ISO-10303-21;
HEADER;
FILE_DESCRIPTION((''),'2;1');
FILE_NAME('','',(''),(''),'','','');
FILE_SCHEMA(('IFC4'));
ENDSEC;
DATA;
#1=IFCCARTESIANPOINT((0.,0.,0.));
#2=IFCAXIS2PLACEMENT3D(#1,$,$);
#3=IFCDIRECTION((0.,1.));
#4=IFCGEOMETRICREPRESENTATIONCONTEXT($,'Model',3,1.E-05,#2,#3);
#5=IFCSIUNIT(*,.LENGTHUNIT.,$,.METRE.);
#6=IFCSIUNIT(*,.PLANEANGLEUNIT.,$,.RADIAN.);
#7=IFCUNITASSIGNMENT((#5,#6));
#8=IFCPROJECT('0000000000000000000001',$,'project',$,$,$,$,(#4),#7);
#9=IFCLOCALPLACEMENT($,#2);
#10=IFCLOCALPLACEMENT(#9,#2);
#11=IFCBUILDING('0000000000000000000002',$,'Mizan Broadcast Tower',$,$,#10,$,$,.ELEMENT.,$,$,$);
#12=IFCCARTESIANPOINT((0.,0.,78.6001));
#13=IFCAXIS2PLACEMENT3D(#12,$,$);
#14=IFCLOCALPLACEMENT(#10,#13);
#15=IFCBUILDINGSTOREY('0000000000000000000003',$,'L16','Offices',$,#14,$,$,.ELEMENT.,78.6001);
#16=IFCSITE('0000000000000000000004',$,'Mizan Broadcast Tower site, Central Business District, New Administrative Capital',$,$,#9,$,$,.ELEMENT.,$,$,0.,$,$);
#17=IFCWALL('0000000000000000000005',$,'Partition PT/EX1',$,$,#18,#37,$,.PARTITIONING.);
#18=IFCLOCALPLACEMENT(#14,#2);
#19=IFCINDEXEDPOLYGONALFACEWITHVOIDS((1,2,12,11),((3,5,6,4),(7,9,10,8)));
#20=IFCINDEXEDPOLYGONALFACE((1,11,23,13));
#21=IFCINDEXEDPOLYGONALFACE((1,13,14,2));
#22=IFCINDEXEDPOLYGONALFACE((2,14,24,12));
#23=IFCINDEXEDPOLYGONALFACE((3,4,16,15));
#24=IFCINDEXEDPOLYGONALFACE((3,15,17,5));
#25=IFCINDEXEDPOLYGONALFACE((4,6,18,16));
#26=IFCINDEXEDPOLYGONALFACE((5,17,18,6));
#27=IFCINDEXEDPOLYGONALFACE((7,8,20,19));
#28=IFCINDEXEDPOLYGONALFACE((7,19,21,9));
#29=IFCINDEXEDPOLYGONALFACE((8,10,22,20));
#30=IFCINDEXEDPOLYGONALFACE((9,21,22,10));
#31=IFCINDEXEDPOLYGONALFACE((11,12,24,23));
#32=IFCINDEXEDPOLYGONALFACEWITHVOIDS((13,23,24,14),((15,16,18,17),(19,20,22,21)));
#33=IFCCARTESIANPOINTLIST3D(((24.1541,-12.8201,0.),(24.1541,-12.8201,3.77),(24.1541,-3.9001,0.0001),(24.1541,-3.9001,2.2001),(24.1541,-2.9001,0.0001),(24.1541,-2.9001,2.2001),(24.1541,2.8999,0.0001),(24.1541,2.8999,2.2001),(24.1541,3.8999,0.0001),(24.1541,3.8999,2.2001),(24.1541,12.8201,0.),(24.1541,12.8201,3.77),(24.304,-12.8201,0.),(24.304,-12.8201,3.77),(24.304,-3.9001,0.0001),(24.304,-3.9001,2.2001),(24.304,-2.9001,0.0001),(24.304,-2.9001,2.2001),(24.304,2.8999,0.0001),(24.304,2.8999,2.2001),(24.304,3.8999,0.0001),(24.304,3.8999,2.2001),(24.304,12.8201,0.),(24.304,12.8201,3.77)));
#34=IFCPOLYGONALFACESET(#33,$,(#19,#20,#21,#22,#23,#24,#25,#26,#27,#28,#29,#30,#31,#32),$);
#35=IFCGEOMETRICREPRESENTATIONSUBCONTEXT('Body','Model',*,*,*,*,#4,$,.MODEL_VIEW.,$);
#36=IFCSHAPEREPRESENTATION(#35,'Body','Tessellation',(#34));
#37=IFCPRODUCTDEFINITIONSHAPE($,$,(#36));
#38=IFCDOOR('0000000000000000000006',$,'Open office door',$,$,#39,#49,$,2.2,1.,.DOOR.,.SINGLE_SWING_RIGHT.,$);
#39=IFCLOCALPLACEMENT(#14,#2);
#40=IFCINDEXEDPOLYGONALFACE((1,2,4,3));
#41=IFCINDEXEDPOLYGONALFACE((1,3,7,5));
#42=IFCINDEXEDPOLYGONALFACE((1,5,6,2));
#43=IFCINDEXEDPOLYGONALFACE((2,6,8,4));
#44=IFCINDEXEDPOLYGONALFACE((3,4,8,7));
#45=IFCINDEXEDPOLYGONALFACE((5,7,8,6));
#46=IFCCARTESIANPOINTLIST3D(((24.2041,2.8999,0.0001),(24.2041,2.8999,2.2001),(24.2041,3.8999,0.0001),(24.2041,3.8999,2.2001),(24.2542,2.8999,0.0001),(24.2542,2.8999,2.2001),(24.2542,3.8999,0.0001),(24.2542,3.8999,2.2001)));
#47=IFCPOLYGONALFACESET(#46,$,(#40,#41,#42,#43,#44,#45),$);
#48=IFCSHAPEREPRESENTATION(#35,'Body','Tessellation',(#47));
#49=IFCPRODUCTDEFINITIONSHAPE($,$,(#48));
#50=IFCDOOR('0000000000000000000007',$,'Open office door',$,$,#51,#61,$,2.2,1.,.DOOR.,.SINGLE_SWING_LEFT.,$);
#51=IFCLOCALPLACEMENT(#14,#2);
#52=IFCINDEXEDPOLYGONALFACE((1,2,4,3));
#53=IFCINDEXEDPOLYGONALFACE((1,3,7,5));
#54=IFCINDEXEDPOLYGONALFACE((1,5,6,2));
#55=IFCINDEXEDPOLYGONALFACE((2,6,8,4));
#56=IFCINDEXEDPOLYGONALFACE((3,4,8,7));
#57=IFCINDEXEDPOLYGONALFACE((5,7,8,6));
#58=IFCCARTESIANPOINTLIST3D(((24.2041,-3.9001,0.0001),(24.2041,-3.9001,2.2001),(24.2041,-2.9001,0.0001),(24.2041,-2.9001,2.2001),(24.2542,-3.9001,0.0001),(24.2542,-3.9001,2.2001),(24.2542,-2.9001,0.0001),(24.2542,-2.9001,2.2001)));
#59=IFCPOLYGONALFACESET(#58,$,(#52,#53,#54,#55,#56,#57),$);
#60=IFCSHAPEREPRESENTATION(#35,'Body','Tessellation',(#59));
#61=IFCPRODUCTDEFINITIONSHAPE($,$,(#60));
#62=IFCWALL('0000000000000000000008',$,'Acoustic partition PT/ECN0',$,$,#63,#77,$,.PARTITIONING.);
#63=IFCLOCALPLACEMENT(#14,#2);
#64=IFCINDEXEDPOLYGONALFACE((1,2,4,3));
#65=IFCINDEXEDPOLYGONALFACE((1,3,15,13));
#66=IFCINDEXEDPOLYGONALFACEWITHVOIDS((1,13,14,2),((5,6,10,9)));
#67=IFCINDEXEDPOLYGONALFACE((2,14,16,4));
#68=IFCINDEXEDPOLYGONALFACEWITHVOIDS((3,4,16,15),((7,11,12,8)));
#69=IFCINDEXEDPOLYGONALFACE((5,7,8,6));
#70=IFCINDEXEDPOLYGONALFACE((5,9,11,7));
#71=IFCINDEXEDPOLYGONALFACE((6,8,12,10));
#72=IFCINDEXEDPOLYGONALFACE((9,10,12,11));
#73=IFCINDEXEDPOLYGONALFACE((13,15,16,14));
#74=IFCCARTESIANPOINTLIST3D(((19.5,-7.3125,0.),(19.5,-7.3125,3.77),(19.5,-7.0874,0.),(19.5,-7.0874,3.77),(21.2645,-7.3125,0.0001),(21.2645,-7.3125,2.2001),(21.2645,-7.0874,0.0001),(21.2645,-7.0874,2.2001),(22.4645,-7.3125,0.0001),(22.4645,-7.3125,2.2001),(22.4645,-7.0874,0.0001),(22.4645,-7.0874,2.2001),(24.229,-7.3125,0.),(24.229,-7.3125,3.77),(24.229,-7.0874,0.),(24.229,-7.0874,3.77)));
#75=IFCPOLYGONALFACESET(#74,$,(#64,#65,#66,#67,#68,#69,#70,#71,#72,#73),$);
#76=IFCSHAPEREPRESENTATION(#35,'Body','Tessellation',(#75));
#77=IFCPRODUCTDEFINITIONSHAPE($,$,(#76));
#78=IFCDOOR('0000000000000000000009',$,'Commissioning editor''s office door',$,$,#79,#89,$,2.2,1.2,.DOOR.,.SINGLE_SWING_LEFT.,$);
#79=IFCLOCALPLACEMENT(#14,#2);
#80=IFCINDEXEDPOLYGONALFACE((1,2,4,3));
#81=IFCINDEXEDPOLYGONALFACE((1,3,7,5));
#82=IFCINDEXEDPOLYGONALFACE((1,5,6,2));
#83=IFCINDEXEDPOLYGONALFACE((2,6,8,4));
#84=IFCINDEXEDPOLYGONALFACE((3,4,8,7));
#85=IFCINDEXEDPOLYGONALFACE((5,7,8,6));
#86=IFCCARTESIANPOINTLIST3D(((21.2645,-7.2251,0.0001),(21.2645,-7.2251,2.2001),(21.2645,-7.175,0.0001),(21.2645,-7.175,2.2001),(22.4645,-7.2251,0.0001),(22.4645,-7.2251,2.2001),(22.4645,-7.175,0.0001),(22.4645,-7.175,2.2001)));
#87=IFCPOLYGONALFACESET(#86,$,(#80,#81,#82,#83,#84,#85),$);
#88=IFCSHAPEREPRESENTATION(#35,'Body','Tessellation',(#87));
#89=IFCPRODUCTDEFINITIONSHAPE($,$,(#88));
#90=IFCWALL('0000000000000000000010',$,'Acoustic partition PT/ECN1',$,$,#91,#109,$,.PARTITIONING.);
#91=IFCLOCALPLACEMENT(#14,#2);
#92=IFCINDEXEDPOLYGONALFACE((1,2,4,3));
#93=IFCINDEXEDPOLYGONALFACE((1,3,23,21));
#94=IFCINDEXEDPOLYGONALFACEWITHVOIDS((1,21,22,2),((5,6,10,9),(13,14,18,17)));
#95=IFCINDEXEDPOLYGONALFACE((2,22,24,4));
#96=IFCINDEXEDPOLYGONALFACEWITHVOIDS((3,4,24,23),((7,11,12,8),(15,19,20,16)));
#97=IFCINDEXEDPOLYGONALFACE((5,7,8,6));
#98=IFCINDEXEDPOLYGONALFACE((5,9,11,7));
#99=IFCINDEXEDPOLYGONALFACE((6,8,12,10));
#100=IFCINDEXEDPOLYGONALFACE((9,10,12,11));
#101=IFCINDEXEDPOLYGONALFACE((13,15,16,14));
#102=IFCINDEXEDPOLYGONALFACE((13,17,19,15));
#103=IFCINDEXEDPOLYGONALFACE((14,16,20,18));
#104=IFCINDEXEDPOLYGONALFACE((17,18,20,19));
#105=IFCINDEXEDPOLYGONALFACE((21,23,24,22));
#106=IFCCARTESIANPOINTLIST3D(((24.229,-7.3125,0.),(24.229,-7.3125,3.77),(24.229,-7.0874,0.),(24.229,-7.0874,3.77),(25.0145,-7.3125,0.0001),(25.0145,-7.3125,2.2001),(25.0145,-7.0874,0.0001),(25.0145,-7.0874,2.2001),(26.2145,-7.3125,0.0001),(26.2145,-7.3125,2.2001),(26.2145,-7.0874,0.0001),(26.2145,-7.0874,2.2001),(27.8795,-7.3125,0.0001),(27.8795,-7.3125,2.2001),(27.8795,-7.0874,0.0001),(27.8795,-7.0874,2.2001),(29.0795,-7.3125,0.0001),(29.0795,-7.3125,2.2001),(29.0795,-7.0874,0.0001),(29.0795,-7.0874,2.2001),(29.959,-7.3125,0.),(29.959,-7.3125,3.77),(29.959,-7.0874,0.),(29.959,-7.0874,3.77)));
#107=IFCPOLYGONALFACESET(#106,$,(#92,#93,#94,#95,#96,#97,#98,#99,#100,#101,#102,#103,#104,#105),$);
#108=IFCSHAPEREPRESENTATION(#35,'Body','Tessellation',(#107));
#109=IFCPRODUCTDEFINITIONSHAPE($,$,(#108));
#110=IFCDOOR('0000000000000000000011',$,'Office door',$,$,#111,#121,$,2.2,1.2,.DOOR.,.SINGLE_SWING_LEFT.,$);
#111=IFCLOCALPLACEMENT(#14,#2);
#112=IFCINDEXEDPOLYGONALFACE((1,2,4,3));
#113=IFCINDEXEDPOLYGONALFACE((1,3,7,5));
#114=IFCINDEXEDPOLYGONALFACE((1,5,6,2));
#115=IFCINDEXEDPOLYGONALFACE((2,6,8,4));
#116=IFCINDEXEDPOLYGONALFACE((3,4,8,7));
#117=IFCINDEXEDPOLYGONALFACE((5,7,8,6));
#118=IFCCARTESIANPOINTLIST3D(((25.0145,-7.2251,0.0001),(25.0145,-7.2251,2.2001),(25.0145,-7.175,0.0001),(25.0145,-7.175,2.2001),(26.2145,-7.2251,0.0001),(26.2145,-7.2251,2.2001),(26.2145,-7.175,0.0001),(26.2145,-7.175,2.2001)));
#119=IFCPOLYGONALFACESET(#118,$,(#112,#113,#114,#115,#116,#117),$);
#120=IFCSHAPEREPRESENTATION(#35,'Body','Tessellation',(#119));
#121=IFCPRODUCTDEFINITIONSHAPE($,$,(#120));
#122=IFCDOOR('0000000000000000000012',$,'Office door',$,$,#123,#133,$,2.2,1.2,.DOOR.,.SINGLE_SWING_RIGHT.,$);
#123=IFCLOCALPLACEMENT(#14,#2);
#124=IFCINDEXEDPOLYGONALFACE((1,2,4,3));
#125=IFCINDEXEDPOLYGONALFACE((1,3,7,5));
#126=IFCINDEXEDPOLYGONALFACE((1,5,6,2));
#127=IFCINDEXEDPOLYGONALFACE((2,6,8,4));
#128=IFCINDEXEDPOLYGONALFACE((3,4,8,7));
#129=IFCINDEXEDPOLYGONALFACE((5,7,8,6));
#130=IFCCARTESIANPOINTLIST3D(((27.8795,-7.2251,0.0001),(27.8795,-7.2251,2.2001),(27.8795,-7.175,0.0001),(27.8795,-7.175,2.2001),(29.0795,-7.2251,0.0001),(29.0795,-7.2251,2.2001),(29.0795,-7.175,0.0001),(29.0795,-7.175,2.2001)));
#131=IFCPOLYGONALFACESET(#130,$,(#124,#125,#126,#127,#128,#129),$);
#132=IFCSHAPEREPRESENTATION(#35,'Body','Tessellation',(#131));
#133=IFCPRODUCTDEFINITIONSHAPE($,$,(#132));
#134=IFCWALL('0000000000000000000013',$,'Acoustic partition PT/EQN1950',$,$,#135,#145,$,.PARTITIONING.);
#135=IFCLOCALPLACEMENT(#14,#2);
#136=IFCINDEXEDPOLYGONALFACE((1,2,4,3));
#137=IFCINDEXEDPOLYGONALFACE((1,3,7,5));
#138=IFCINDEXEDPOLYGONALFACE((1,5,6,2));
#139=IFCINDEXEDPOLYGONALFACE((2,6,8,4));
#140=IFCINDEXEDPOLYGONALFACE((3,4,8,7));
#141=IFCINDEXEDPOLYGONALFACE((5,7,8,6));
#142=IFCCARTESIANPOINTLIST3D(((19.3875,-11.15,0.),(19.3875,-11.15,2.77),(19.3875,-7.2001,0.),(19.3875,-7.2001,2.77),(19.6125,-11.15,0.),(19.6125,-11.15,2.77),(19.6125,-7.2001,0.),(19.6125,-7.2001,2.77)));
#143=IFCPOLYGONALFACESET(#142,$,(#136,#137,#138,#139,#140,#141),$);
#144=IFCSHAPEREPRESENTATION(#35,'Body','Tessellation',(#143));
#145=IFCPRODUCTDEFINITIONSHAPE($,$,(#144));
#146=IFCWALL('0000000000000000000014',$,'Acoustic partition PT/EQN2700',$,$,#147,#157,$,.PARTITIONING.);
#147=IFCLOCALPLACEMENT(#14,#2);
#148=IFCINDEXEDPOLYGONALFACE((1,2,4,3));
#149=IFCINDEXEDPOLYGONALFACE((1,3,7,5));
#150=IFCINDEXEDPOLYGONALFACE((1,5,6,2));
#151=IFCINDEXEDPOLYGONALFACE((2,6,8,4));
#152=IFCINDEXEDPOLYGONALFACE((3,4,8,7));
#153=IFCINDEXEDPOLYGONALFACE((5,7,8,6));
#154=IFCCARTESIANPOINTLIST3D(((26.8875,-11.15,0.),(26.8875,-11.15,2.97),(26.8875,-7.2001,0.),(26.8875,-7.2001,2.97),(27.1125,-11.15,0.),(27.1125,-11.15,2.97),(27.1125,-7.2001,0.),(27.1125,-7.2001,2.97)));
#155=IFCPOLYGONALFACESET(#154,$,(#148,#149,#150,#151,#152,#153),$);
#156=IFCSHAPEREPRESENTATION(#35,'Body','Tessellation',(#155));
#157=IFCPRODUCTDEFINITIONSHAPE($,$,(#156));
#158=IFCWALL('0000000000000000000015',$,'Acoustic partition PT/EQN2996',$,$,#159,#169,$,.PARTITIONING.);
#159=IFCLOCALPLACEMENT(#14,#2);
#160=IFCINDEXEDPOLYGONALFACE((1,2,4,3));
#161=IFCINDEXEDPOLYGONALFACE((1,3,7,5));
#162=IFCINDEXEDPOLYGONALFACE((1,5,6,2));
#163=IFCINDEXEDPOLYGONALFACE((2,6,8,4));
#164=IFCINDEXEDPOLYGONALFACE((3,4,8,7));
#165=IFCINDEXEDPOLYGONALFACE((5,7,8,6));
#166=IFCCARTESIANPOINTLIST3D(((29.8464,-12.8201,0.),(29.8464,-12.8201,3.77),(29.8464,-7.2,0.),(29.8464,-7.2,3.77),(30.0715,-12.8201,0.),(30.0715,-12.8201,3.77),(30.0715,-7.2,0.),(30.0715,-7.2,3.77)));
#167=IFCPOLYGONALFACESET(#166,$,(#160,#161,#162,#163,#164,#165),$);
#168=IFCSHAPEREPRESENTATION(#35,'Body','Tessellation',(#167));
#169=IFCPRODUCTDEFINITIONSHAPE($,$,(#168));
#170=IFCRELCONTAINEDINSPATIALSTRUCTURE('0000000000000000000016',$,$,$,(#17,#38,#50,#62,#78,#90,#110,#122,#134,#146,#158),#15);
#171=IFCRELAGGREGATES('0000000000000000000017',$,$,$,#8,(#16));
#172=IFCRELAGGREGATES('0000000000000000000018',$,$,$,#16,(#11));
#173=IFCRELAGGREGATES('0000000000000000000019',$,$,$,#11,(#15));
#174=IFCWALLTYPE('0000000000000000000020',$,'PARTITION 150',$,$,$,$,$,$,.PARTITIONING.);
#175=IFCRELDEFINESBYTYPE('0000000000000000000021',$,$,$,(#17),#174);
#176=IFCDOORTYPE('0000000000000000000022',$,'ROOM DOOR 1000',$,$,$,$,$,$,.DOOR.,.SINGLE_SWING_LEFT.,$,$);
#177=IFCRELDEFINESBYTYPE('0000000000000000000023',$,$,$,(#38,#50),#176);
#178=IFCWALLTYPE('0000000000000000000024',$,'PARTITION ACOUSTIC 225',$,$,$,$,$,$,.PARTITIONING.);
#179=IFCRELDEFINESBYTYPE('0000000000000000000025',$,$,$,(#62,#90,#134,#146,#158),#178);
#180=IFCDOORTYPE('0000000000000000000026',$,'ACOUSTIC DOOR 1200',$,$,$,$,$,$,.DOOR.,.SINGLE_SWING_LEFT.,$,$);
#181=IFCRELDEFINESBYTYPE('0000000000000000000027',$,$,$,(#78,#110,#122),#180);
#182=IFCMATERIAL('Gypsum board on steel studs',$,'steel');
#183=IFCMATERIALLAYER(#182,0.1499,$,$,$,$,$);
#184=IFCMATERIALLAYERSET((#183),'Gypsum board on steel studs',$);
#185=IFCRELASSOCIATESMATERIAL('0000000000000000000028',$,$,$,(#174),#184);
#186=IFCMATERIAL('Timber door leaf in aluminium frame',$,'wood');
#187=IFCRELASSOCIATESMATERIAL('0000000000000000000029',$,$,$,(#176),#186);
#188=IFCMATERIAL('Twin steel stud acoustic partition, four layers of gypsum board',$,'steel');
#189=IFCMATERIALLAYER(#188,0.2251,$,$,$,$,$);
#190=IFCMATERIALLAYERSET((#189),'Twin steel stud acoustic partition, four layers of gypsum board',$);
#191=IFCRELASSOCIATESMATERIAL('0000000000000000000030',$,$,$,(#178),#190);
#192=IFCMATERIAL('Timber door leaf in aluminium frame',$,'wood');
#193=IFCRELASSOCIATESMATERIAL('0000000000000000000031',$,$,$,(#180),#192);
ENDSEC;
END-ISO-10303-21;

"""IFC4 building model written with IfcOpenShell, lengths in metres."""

from ifc_helpers import new_model, si_unit, direction, frame, frame_2d, origin, place, context, subcontext, project, spatial, rectangle, extrude, material, layer, layer_set, type_object, element, fill, save


model = new_model("IFC4")

# Units and contexts
model_context = context("Model", 3, precision=1e-05, world=origin(), true_north=direction((0.0, 1.0)))
body_context = subcontext(model_context, "Body", "Model", "MODEL_VIEW")
ifc_project = project(units=[si_unit("LENGTHUNIT", "METRE"), si_unit("PLANEANGLEUNIT", "RADIAN")], contexts=[model_context])

# Site, building, storey
site_placement = place(None, origin())
site = spatial("IfcSite", under=ifc_project, at=site_placement, Name="Mizan Broadcast Tower site, Central Business District, New Administrative Capital", CompositionType="ELEMENT", RefElevation=0.0)
building_placement = place(site_placement, origin())
building = spatial("IfcBuilding", under=site, at=building_placement, Name="Mizan Broadcast Tower", CompositionType="ELEMENT")
storey_placement = place(building_placement, frame((0.0, 0.0, 78.6001)))
storey = spatial("IfcBuildingStorey", under=building, at=storey_placement, Name="L16", Description="Offices", CompositionType="ELEMENT", Elevation=78.6001)

# Wall, openings, doors
ifc_material_1 = material(Name="Gypsum board on steel studs", Category="steel")
ifc_layer_1 = layer(ifc_material_1, 0.1499)
ifc_layer_set_1 = layer_set([ifc_layer_1], Name="Gypsum board on steel studs")
wall_type_1 = type_object("IfcWallType", Name="PARTITION 150", PredefinedType="PARTITIONING", material=ifc_layer_set_1)
wall_1_placement = place(storey_placement, frame((24.229, -12.8201, 0.0), z_axis=(0.0, 0.0, 1.0), x_axis=(0.0, 1.0, 0.0)))
wall_1 = element("IfcWall", 1, at=wall_1_placement, inside=storey, type_object=wall_type_1, Name="Partition PT/EX1", PredefinedType="PARTITIONING", context=body_context, shape_type="SweptSolid", body=[
    extrude(rectangle(XDim=25.6401, YDim=0.1499, at=frame_2d((12.8201, 0.0))), origin(), (0.0, 0.0, 1.0), 3.77),
])
opening_1_placement = place(wall_1_placement, frame((15.72, 0.0, 0.0)))
opening_1 = element("IfcOpeningElement", 2, at=opening_1_placement, cuts=wall_1, PredefinedType="OPENING", context=body_context, shape_type="SweptSolid", body=[
    extrude(rectangle(XDim=1.0, YDim=2.2, at=frame_2d((0.5, 1.1001))), frame((0.0, 0.085, 0.0), z_axis=(0.0, -1.0, 0.0), x_axis=(1.0, 0.0, 0.0)), (0.0, 0.0, 1.0), 0.1699),
])
opening_2_placement = place(wall_1_placement, frame((8.9199, 0.0, 0.0)))
opening_2 = element("IfcOpeningElement", 3, at=opening_2_placement, cuts=wall_1, PredefinedType="OPENING", context=body_context, shape_type="SweptSolid", body=[
    extrude(rectangle(XDim=1.0, YDim=2.2, at=frame_2d((0.5, 1.1001))), frame((0.0, 0.085, 0.0), z_axis=(0.0, -1.0, 0.0), x_axis=(1.0, 0.0, 0.0)), (0.0, 0.0, 1.0), 0.1699),
])
ifc_material_2 = material(Name="Timber door leaf in aluminium frame", Category="wood")
door_type_1 = type_object("IfcDoorType", Name="ROOM DOOR 1000", OperationType="SINGLE_SWING_LEFT", PredefinedType="DOOR", material=ifc_material_2)
door_1_placement = place(opening_1_placement, origin())
door_1 = element("IfcDoor", 4, at=door_1_placement, inside=storey, type_object=door_type_1, Name="Open office door", OperationType="SINGLE_SWING_RIGHT", OverallHeight=2.2, OverallWidth=1.0, PredefinedType="DOOR", context=body_context, shape_type="SweptSolid", body=[
    extrude(rectangle(XDim=1.0, YDim=2.2, at=frame_2d((0.5, 1.1001))), frame((0.0, 0.0249, 0.0), z_axis=(0.0, -1.0, 0.0), x_axis=(1.0, 0.0, 0.0)), (0.0, 0.0, 1.0), 0.05),
])
fill(opening_1, door_1)
door_2_placement = place(opening_2_placement, origin())
door_2 = element("IfcDoor", 5, at=door_2_placement, inside=storey, type_object=door_type_1, Name="Open office door", OperationType="SINGLE_SWING_LEFT", OverallHeight=2.2, OverallWidth=1.0, PredefinedType="DOOR", context=body_context, shape_type="SweptSolid", body=[
    extrude(rectangle(XDim=1.0, YDim=2.2, at=frame_2d((0.5, 1.1001))), frame((0.0, 0.0249, 0.0), z_axis=(0.0, -1.0, 0.0), x_axis=(1.0, 0.0, 0.0)), (0.0, 0.0, 1.0), 0.05),
])
fill(opening_2, door_2)

# Wall, opening, door
ifc_material_3 = material(Name="Twin steel stud acoustic partition, four layers of gypsum board", Category="steel")
ifc_layer_2 = layer(ifc_material_3, 0.2251)
ifc_layer_set_2 = layer_set([ifc_layer_2], Name="Twin steel stud acoustic partition, four layers of gypsum board")
wall_type_2 = type_object("IfcWallType", Name="PARTITION ACOUSTIC 225", PredefinedType="PARTITIONING", material=ifc_layer_set_2)
wall_2_placement = place(storey_placement, frame((19.5, -7.2, 0.0), z_axis=(0.0, 0.0, 1.0), x_axis=(1.0, 0.0, 0.0)))
wall_2 = element("IfcWall", 6, at=wall_2_placement, inside=storey, type_object=wall_type_2, Name="Acoustic partition PT/ECN0", PredefinedType="PARTITIONING", context=body_context, shape_type="SweptSolid", body=[
    extrude(rectangle(XDim=4.729, YDim=0.2251, at=frame_2d((2.3645, 0.0))), origin(), (0.0, 0.0, 1.0), 3.77),
])
opening_3_placement = place(wall_2_placement, frame((1.7644, 0.0, 0.0)))
opening_3 = element("IfcOpeningElement", 7, at=opening_3_placement, cuts=wall_2, PredefinedType="OPENING", context=body_context, shape_type="SweptSolid", body=[
    extrude(rectangle(XDim=1.2, YDim=2.2, at=frame_2d((0.6001, 1.1001))), frame((0.0, 0.1226, 0.0), z_axis=(0.0, -1.0, 0.0), x_axis=(1.0, 0.0, 0.0)), (0.0, 0.0, 1.0), 0.2451),
])
ifc_material_4 = material(Name="Timber door leaf in aluminium frame", Category="wood")
door_type_2 = type_object("IfcDoorType", Name="ACOUSTIC DOOR 1200", OperationType="SINGLE_SWING_LEFT", PredefinedType="DOOR", material=ifc_material_4)
door_3_placement = place(opening_3_placement, origin())
door_3 = element("IfcDoor", 8, at=door_3_placement, inside=storey, type_object=door_type_2, Name="Commissioning editor's office door", OperationType="SINGLE_SWING_LEFT", OverallHeight=2.2, OverallWidth=1.2, PredefinedType="DOOR", context=body_context, shape_type="SweptSolid", body=[
    extrude(rectangle(XDim=1.2, YDim=2.2, at=frame_2d((0.6001, 1.1001))), frame((0.0, 0.0249, 0.0), z_axis=(0.0, -1.0, 0.0), x_axis=(1.0, 0.0, 0.0)), (0.0, 0.0, 1.0), 0.05),
])
fill(opening_3, door_3)

# Wall, openings, doors
wall_3_placement = place(storey_placement, frame((24.229, -7.2, 0.0), z_axis=(0.0, 0.0, 1.0), x_axis=(1.0, 0.0, 0.0)))
wall_3 = element("IfcWall", 9, at=wall_3_placement, inside=storey, type_object=wall_type_2, Name="Acoustic partition PT/ECN1", PredefinedType="PARTITIONING", context=body_context, shape_type="SweptSolid", body=[
    extrude(rectangle(XDim=5.73, YDim=0.2251, at=frame_2d((2.865, 0.0))), origin(), (0.0, 0.0, 1.0), 3.77),
])
opening_4_placement = place(wall_3_placement, frame((0.7854, 0.0, 0.0)))
opening_4 = element("IfcOpeningElement", 10, at=opening_4_placement, cuts=wall_3, PredefinedType="OPENING", context=body_context, shape_type="SweptSolid", body=[
    extrude(rectangle(XDim=1.2, YDim=2.2, at=frame_2d((0.6001, 1.1001))), frame((0.0, 0.1226, 0.0), z_axis=(0.0, -1.0, 0.0), x_axis=(1.0, 0.0, 0.0)), (0.0, 0.0, 1.0), 0.2451),
])
opening_5_placement = place(wall_3_placement, frame((3.6504, 0.0, 0.0)))
opening_5 = element("IfcOpeningElement", 11, at=opening_5_placement, cuts=wall_3, PredefinedType="OPENING", context=body_context, shape_type="SweptSolid", body=[
    extrude(rectangle(XDim=1.2, YDim=2.2, at=frame_2d((0.6001, 1.1001))), frame((0.0, 0.1226, 0.0), z_axis=(0.0, -1.0, 0.0), x_axis=(1.0, 0.0, 0.0)), (0.0, 0.0, 1.0), 0.2451),
])
door_4_placement = place(opening_4_placement, origin())
door_4 = element("IfcDoor", 12, at=door_4_placement, inside=storey, type_object=door_type_2, Name="Office door", OperationType="SINGLE_SWING_LEFT", OverallHeight=2.2, OverallWidth=1.2, PredefinedType="DOOR", context=body_context, shape_type="SweptSolid", body=[
    extrude(rectangle(XDim=1.2, YDim=2.2, at=frame_2d((0.6001, 1.1001))), frame((0.0, 0.0249, 0.0), z_axis=(0.0, -1.0, 0.0), x_axis=(1.0, 0.0, 0.0)), (0.0, 0.0, 1.0), 0.05),
])
fill(opening_4, door_4)
door_5_placement = place(opening_5_placement, origin())
door_5 = element("IfcDoor", 13, at=door_5_placement, inside=storey, type_object=door_type_2, Name="Office door", OperationType="SINGLE_SWING_RIGHT", OverallHeight=2.2, OverallWidth=1.2, PredefinedType="DOOR", context=body_context, shape_type="SweptSolid", body=[
    extrude(rectangle(XDim=1.2, YDim=2.2, at=frame_2d((0.6001, 1.1001))), frame((0.0, 0.0249, 0.0), z_axis=(0.0, -1.0, 0.0), x_axis=(1.0, 0.0, 0.0)), (0.0, 0.0, 1.0), 0.05),
])
fill(opening_5, door_5)

# Walls
wall_4_placement = place(storey_placement, frame((19.5, -7.2, 0.0), z_axis=(0.0, 0.0, 1.0), x_axis=(0.0, -1.0, 0.0)))
element("IfcWall", 14, at=wall_4_placement, inside=storey, type_object=wall_type_2, Name="Acoustic partition PT/EQN1950", PredefinedType="PARTITIONING", context=body_context, shape_type="SweptSolid", body=[
    extrude(rectangle(XDim=3.95, YDim=0.2251, at=frame_2d((1.9751, 0.0))), origin(), (0.0, 0.0, 1.0), 2.77),
])
wall_5_placement = place(storey_placement, frame((27.0, -7.2, 0.0), z_axis=(0.0, 0.0, 1.0), x_axis=(0.0, -1.0, 0.0)))
element("IfcWall", 15, at=wall_5_placement, inside=storey, type_object=wall_type_2, Name="Acoustic partition PT/EQN2700", PredefinedType="PARTITIONING", context=body_context, shape_type="SweptSolid", body=[
    extrude(rectangle(XDim=3.95, YDim=0.2251, at=frame_2d((1.9751, 0.0))), origin(), (0.0, 0.0, 1.0), 2.97),
])
wall_6_placement = place(storey_placement, frame((29.959, -7.2, 0.0), z_axis=(0.0, 0.0, 1.0), x_axis=(0.0, -1.0, 0.0)))
element("IfcWall", 16, at=wall_6_placement, inside=storey, type_object=wall_type_2, Name="Acoustic partition PT/EQN2996", PredefinedType="PARTITIONING", context=body_context, shape_type="SweptSolid", body=[
    extrude(rectangle(XDim=5.6201, YDim=0.2251, at=frame_2d((2.8101, 0.0))), origin(), (0.0, 0.0, 1.0), 3.77),
])

save(model, "model.ifc")
